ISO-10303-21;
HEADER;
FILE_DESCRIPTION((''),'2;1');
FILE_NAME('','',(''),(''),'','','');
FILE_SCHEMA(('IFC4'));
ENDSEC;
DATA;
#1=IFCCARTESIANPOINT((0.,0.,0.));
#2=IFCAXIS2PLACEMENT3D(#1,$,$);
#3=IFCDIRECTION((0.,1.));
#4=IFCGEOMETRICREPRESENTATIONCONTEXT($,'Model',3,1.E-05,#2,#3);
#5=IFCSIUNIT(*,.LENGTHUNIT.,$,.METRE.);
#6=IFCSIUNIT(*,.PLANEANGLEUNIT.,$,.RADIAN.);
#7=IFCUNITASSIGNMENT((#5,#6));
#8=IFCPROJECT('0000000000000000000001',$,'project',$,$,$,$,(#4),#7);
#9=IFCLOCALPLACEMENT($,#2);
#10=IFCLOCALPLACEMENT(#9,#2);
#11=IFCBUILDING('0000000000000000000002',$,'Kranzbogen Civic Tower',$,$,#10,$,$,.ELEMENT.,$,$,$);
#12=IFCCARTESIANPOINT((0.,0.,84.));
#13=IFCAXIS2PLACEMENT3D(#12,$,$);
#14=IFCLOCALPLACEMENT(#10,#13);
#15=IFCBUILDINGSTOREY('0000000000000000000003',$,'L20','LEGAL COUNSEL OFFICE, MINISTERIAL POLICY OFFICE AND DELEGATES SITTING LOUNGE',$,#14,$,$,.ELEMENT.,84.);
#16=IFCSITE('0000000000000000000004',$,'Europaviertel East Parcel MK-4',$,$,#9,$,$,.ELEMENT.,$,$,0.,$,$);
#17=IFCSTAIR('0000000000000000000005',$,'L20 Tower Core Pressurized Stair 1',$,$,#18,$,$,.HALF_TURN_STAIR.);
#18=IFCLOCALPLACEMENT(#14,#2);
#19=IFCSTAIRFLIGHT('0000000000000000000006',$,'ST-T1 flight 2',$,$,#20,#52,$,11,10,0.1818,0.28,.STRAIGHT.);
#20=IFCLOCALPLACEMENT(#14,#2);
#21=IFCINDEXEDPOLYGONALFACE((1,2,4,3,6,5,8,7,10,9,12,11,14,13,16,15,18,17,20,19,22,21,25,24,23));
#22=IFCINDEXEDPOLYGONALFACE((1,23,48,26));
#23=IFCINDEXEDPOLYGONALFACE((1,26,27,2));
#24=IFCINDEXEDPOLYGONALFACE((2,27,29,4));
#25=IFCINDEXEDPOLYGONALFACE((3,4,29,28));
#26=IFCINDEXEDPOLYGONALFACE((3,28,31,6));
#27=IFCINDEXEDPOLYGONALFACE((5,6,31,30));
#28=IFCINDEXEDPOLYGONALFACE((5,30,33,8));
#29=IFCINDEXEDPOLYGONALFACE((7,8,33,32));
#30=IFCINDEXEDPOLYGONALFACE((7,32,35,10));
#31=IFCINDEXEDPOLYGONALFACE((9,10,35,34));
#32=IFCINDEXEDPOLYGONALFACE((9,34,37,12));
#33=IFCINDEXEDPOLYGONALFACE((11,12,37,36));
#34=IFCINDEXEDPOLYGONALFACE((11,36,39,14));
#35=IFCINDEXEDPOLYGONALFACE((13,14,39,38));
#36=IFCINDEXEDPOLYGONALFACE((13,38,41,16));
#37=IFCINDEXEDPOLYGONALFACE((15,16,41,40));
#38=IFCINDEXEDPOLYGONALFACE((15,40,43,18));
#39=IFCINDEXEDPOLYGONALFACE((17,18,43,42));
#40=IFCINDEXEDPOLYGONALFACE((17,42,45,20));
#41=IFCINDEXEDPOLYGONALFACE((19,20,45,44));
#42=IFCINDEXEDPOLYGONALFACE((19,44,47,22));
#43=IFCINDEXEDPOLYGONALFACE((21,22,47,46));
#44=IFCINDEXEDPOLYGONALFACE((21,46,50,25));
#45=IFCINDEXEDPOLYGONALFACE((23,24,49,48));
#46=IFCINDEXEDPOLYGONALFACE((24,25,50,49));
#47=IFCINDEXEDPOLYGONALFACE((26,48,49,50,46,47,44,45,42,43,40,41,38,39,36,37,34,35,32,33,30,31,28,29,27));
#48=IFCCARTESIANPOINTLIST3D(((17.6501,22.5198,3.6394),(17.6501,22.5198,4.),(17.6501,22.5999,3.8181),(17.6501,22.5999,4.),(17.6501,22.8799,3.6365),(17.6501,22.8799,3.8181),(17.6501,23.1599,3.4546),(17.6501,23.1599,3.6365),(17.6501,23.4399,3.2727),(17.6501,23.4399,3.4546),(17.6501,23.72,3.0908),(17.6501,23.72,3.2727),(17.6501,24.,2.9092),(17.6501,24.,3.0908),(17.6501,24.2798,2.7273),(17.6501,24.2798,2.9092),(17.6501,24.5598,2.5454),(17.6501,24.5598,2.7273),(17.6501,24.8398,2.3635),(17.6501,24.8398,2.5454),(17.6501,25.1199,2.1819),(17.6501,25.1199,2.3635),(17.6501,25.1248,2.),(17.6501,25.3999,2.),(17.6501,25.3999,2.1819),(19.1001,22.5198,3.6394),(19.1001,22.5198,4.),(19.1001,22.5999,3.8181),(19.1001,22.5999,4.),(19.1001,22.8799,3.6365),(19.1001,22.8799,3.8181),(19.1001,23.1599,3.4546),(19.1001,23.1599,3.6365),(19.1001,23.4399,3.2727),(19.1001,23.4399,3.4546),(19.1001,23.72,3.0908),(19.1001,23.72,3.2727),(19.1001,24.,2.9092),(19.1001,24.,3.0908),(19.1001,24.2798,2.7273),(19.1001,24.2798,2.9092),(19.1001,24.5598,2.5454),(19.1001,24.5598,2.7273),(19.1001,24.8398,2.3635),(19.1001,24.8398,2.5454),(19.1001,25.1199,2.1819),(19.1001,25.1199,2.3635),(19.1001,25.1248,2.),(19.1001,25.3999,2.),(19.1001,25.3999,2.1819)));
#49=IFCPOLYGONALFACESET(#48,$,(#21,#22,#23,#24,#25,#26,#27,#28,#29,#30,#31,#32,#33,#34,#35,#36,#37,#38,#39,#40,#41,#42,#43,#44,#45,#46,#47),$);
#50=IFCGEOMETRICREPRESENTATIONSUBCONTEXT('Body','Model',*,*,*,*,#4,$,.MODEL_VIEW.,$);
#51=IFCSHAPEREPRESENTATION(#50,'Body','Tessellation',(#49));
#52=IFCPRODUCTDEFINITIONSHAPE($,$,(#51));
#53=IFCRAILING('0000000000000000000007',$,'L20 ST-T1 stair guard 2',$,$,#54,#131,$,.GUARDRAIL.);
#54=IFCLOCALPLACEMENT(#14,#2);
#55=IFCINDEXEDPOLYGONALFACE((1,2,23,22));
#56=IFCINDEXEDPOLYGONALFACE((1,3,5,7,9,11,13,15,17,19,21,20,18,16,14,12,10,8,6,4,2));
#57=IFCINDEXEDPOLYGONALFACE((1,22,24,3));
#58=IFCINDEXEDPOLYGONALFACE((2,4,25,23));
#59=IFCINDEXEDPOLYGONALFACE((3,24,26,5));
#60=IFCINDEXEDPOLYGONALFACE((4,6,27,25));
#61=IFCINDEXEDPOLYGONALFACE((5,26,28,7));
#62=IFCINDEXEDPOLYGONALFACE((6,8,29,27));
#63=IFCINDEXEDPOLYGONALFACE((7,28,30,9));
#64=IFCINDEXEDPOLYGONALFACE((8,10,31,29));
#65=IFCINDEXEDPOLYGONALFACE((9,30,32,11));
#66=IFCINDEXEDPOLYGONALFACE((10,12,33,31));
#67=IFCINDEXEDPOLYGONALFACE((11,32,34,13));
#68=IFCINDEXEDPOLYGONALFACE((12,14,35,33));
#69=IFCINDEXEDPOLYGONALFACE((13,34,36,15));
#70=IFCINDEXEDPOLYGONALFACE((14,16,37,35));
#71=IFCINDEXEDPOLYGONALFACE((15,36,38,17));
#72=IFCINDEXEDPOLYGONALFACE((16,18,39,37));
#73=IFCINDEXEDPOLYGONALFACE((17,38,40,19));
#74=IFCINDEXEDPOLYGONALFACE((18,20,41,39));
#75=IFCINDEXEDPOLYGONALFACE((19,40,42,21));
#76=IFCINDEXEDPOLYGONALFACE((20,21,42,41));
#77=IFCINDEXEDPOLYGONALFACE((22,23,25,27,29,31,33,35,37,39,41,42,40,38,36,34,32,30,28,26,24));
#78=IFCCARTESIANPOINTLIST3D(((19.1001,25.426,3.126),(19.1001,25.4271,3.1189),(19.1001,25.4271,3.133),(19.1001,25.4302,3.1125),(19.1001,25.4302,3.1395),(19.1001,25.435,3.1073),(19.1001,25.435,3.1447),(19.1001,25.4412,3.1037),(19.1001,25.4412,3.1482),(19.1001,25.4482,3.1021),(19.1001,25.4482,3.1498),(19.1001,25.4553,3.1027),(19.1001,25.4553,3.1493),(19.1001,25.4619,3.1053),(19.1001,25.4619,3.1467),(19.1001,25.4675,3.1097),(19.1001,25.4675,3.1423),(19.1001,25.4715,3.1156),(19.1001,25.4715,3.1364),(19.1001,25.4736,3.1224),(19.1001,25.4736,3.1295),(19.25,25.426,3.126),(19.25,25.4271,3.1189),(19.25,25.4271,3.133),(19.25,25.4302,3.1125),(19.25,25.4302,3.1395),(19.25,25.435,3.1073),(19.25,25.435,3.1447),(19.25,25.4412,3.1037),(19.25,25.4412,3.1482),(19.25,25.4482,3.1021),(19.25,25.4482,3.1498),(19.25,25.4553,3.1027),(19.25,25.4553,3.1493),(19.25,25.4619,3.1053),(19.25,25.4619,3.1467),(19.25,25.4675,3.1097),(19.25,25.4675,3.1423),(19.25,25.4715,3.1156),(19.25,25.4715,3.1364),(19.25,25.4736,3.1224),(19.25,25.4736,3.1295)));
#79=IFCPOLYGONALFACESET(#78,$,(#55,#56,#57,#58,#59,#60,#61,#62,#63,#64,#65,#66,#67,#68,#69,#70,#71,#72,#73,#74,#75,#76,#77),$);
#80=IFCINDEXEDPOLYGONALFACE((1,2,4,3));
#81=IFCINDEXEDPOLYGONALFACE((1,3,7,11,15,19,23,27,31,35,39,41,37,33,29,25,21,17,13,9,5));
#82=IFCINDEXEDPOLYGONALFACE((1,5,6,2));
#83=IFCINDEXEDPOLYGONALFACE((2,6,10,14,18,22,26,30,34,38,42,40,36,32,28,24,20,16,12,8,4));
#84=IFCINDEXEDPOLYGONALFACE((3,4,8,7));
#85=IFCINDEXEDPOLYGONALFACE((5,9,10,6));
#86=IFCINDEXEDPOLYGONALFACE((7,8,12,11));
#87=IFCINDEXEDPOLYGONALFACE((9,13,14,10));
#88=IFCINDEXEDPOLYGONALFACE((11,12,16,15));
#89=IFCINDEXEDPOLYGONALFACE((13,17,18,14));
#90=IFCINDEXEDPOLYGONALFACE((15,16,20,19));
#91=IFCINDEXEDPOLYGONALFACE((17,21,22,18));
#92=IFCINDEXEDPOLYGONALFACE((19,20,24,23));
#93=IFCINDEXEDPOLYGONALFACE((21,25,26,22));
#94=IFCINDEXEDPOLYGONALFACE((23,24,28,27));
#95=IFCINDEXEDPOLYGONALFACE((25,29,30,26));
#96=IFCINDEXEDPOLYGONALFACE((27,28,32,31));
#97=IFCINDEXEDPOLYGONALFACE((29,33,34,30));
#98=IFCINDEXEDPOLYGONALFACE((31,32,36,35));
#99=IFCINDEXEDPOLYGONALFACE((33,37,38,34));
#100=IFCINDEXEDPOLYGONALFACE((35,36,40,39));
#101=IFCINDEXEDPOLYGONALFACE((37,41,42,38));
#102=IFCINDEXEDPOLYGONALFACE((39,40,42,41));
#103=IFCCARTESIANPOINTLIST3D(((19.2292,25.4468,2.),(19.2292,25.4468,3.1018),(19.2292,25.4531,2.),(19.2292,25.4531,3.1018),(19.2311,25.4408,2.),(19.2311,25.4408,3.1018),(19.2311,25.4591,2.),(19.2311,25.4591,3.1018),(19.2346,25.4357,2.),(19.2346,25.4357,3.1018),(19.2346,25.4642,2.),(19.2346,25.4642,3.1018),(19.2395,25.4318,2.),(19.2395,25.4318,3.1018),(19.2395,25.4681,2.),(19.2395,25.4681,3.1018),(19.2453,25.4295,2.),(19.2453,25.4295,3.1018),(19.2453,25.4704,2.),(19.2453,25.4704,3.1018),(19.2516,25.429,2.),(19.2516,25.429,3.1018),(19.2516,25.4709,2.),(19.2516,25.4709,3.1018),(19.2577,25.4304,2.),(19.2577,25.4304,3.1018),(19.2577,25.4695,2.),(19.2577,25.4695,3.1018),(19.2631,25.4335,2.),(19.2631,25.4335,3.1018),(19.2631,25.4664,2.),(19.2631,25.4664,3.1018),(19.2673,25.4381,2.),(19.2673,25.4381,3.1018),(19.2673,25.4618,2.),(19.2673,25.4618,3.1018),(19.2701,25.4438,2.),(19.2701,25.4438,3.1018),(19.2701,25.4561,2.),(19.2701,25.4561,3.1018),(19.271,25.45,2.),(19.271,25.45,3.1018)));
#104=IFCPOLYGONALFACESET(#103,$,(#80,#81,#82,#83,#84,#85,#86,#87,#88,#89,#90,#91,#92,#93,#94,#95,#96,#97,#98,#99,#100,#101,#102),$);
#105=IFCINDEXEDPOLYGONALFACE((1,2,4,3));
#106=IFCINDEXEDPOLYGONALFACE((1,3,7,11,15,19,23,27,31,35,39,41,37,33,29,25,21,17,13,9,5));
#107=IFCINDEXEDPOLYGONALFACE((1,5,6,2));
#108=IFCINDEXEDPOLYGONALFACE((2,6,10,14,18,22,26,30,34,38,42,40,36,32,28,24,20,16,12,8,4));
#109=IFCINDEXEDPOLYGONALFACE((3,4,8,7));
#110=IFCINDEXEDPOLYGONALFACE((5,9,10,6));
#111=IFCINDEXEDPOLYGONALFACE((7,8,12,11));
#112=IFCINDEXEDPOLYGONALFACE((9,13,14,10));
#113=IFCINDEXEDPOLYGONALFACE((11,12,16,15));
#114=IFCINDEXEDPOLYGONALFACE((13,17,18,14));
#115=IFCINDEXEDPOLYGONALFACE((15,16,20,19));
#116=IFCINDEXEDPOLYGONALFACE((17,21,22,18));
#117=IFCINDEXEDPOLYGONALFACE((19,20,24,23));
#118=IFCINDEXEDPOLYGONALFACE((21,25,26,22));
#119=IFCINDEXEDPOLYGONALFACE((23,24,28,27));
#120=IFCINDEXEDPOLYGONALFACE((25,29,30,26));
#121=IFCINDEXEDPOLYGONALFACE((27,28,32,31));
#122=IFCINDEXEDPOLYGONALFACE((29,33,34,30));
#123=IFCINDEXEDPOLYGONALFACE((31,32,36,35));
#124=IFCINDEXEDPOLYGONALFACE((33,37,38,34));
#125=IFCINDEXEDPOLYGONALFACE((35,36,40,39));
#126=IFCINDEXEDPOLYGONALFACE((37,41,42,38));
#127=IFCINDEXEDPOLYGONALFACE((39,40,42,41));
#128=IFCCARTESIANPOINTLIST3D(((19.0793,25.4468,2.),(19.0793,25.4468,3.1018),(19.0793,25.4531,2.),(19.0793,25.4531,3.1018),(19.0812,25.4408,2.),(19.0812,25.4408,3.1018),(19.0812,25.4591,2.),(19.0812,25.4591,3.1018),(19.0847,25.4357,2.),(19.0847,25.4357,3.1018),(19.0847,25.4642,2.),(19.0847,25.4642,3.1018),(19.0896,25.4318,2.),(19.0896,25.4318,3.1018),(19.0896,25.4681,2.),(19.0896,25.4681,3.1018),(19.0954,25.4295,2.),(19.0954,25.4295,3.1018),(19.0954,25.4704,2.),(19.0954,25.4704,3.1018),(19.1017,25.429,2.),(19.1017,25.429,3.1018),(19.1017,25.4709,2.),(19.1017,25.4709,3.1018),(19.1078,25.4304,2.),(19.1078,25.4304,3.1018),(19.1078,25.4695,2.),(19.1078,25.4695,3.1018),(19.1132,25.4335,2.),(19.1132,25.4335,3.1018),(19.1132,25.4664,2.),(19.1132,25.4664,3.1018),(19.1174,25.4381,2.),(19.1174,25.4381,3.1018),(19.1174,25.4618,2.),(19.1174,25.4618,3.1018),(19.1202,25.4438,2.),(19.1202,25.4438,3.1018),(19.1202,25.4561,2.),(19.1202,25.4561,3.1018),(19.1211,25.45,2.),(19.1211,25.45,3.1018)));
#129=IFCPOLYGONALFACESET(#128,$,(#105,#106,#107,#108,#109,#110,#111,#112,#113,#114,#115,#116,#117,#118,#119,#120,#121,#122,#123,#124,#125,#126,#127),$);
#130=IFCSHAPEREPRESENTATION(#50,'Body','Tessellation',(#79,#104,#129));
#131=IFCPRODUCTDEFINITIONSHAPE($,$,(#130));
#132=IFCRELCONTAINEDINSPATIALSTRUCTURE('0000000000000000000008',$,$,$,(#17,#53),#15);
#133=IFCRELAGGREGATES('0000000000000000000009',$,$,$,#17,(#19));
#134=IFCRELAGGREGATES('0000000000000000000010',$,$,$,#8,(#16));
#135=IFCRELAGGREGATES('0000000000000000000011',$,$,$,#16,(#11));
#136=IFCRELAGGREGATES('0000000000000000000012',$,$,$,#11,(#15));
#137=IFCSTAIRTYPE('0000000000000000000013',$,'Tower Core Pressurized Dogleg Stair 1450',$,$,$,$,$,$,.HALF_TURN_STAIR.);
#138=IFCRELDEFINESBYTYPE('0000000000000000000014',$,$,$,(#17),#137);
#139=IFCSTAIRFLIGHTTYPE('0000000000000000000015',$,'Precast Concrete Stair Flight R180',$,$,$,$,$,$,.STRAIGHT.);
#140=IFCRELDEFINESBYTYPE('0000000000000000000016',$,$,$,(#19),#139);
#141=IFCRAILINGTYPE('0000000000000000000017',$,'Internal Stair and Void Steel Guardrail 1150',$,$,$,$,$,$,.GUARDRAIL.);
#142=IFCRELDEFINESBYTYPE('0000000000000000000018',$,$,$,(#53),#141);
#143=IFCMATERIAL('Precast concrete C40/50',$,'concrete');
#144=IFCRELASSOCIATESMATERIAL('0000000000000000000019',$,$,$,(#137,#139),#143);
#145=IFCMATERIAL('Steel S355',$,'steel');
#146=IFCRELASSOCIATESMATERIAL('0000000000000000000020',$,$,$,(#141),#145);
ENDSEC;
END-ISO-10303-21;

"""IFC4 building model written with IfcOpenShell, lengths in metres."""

from ifc_helpers import new_model, si_unit, direction, frame, origin, origin_2d, place, context, subcontext, project, spatial, polyline, circle, outline, extrude, material, type_object, element, aggregate, save


model = new_model("IFC4")

# Units and contexts
model_context = context("Model", 3, precision=1e-05, world=origin(), true_north=direction((0.0, 1.0)))
body_context = subcontext(model_context, "Body", "Model", "MODEL_VIEW")
ifc_project = project(units=[si_unit("LENGTHUNIT", "METRE"), si_unit("PLANEANGLEUNIT", "RADIAN")], contexts=[model_context])

# Site, building, storey
site_placement = place(None, origin())
site = spatial("IfcSite", under=ifc_project, at=site_placement, Name="Europaviertel East Parcel MK-4", CompositionType="ELEMENT", RefElevation=0.0)
building_placement = place(site_placement, origin())
building = spatial("IfcBuilding", under=site, at=building_placement, Name="Kranzbogen Civic Tower", CompositionType="ELEMENT")
storey_placement = place(building_placement, frame((0.0, 0.0, 84.0)))
storey = spatial("IfcBuildingStorey", under=building, at=storey_placement, Name="L20", Description="LEGAL COUNSEL OFFICE, MINISTERIAL POLICY OFFICE AND DELEGATES SITTING LOUNGE", CompositionType="ELEMENT", Elevation=84.0)

# Shared definitions
ifc_material_1 = material(Name="Steel S355", Category="steel")

# Stair, stair flight
ifc_material_2 = material(Name="Precast concrete C40/50", Category="concrete")
stair_type = type_object("IfcStairType", Name="Tower Core Pressurized Dogleg Stair 1450", PredefinedType="HALF_TURN_STAIR", material=ifc_material_2)
stair_placement = place(storey_placement, origin())
stair = element("IfcStair", 1, at=stair_placement, inside=storey, type_object=stair_type, Name="L20 Tower Core Pressurized Stair 1", PredefinedType="HALF_TURN_STAIR")
stair_flight_type = type_object("IfcStairFlightType", Name="Precast Concrete Stair Flight R180", PredefinedType="STRAIGHT", material=ifc_material_2)
stair_flight_placement = place(storey_placement, frame((18.375, 25.3999, 2.0), z_axis=(0.0, 0.0, 1.0), x_axis=(0.0, -1.0, 0.0)))
stair_flight = element("IfcStairFlight", 2, at=stair_flight_placement, type_object=stair_flight_type, Name="ST-T1 flight 2", NumberOfRisers=11, NumberOfTreads=10, PredefinedType="STRAIGHT", RiserHeight=0.1818, TreadLength=0.28, context=body_context, shape_type="SweptSolid", body=[
    extrude(outline(polyline([(0.0, 0.0), (0.0, 0.1819), (0.28, 0.1819), (0.28, 0.3635), (0.5601, 0.3635), (0.5601, 0.5454), (0.8401, 0.5454), (0.8401, 0.7273), (1.1201, 0.7273), (1.1201, 0.9092), (1.3999, 0.9092), (1.3999, 1.0908), (1.6799, 1.0908), (1.6799, 1.2727), (1.96, 1.2727), (1.96, 1.4546), (2.24, 1.4546), (2.24, 1.6365), (2.52, 1.6365), (2.52, 1.8181), (2.8, 1.8181), (2.8, 2.0), (2.8801, 2.0), (2.8801, 1.6394), (0.2751, 0.0), (0.0, 0.0)])), frame((0.0, 0.7251, 0.0), z_axis=(0.0, -1.0, 0.0), x_axis=(1.0, 0.0, 0.0)), (0.0, 0.0, 1.0), 1.45),
])
aggregate(stair, [stair_flight])

# Railing
railing_type_1 = type_object("IfcRailingType", Name="Internal Stair and Void Steel Guardrail 1150", PredefinedType="GUARDRAIL", material=ifc_material_1)
railing_1_placement = place(storey_placement, frame((19.25, 25.45, 2.0)))
element("IfcRailing", 3, at=railing_1_placement, inside=storey, type_object=railing_type_1, Name="L20 ST-T1 stair guard 2", PredefinedType="GUARDRAIL", context=body_context, shape_type="SweptSolid", body=[
    extrude(circle(Radius=0.0239, at=origin_2d()), frame((0.0, 0.0, 1.126), z_axis=(-1.0, 0.0, 0.0), x_axis=(0.0, -1.0, 0.0)), (0.0, 0.0, 1.0), 0.1499),
    extrude(circle(Radius=0.021, at=origin_2d()), origin(), (0.0, 0.0, 1.0), 1.1018),
    extrude(circle(Radius=0.021, at=origin_2d()), frame((-0.1499, 0.0, 0.0)), (0.0, 0.0, 1.0), 1.1018),
])

save(model, "model.ifc")
